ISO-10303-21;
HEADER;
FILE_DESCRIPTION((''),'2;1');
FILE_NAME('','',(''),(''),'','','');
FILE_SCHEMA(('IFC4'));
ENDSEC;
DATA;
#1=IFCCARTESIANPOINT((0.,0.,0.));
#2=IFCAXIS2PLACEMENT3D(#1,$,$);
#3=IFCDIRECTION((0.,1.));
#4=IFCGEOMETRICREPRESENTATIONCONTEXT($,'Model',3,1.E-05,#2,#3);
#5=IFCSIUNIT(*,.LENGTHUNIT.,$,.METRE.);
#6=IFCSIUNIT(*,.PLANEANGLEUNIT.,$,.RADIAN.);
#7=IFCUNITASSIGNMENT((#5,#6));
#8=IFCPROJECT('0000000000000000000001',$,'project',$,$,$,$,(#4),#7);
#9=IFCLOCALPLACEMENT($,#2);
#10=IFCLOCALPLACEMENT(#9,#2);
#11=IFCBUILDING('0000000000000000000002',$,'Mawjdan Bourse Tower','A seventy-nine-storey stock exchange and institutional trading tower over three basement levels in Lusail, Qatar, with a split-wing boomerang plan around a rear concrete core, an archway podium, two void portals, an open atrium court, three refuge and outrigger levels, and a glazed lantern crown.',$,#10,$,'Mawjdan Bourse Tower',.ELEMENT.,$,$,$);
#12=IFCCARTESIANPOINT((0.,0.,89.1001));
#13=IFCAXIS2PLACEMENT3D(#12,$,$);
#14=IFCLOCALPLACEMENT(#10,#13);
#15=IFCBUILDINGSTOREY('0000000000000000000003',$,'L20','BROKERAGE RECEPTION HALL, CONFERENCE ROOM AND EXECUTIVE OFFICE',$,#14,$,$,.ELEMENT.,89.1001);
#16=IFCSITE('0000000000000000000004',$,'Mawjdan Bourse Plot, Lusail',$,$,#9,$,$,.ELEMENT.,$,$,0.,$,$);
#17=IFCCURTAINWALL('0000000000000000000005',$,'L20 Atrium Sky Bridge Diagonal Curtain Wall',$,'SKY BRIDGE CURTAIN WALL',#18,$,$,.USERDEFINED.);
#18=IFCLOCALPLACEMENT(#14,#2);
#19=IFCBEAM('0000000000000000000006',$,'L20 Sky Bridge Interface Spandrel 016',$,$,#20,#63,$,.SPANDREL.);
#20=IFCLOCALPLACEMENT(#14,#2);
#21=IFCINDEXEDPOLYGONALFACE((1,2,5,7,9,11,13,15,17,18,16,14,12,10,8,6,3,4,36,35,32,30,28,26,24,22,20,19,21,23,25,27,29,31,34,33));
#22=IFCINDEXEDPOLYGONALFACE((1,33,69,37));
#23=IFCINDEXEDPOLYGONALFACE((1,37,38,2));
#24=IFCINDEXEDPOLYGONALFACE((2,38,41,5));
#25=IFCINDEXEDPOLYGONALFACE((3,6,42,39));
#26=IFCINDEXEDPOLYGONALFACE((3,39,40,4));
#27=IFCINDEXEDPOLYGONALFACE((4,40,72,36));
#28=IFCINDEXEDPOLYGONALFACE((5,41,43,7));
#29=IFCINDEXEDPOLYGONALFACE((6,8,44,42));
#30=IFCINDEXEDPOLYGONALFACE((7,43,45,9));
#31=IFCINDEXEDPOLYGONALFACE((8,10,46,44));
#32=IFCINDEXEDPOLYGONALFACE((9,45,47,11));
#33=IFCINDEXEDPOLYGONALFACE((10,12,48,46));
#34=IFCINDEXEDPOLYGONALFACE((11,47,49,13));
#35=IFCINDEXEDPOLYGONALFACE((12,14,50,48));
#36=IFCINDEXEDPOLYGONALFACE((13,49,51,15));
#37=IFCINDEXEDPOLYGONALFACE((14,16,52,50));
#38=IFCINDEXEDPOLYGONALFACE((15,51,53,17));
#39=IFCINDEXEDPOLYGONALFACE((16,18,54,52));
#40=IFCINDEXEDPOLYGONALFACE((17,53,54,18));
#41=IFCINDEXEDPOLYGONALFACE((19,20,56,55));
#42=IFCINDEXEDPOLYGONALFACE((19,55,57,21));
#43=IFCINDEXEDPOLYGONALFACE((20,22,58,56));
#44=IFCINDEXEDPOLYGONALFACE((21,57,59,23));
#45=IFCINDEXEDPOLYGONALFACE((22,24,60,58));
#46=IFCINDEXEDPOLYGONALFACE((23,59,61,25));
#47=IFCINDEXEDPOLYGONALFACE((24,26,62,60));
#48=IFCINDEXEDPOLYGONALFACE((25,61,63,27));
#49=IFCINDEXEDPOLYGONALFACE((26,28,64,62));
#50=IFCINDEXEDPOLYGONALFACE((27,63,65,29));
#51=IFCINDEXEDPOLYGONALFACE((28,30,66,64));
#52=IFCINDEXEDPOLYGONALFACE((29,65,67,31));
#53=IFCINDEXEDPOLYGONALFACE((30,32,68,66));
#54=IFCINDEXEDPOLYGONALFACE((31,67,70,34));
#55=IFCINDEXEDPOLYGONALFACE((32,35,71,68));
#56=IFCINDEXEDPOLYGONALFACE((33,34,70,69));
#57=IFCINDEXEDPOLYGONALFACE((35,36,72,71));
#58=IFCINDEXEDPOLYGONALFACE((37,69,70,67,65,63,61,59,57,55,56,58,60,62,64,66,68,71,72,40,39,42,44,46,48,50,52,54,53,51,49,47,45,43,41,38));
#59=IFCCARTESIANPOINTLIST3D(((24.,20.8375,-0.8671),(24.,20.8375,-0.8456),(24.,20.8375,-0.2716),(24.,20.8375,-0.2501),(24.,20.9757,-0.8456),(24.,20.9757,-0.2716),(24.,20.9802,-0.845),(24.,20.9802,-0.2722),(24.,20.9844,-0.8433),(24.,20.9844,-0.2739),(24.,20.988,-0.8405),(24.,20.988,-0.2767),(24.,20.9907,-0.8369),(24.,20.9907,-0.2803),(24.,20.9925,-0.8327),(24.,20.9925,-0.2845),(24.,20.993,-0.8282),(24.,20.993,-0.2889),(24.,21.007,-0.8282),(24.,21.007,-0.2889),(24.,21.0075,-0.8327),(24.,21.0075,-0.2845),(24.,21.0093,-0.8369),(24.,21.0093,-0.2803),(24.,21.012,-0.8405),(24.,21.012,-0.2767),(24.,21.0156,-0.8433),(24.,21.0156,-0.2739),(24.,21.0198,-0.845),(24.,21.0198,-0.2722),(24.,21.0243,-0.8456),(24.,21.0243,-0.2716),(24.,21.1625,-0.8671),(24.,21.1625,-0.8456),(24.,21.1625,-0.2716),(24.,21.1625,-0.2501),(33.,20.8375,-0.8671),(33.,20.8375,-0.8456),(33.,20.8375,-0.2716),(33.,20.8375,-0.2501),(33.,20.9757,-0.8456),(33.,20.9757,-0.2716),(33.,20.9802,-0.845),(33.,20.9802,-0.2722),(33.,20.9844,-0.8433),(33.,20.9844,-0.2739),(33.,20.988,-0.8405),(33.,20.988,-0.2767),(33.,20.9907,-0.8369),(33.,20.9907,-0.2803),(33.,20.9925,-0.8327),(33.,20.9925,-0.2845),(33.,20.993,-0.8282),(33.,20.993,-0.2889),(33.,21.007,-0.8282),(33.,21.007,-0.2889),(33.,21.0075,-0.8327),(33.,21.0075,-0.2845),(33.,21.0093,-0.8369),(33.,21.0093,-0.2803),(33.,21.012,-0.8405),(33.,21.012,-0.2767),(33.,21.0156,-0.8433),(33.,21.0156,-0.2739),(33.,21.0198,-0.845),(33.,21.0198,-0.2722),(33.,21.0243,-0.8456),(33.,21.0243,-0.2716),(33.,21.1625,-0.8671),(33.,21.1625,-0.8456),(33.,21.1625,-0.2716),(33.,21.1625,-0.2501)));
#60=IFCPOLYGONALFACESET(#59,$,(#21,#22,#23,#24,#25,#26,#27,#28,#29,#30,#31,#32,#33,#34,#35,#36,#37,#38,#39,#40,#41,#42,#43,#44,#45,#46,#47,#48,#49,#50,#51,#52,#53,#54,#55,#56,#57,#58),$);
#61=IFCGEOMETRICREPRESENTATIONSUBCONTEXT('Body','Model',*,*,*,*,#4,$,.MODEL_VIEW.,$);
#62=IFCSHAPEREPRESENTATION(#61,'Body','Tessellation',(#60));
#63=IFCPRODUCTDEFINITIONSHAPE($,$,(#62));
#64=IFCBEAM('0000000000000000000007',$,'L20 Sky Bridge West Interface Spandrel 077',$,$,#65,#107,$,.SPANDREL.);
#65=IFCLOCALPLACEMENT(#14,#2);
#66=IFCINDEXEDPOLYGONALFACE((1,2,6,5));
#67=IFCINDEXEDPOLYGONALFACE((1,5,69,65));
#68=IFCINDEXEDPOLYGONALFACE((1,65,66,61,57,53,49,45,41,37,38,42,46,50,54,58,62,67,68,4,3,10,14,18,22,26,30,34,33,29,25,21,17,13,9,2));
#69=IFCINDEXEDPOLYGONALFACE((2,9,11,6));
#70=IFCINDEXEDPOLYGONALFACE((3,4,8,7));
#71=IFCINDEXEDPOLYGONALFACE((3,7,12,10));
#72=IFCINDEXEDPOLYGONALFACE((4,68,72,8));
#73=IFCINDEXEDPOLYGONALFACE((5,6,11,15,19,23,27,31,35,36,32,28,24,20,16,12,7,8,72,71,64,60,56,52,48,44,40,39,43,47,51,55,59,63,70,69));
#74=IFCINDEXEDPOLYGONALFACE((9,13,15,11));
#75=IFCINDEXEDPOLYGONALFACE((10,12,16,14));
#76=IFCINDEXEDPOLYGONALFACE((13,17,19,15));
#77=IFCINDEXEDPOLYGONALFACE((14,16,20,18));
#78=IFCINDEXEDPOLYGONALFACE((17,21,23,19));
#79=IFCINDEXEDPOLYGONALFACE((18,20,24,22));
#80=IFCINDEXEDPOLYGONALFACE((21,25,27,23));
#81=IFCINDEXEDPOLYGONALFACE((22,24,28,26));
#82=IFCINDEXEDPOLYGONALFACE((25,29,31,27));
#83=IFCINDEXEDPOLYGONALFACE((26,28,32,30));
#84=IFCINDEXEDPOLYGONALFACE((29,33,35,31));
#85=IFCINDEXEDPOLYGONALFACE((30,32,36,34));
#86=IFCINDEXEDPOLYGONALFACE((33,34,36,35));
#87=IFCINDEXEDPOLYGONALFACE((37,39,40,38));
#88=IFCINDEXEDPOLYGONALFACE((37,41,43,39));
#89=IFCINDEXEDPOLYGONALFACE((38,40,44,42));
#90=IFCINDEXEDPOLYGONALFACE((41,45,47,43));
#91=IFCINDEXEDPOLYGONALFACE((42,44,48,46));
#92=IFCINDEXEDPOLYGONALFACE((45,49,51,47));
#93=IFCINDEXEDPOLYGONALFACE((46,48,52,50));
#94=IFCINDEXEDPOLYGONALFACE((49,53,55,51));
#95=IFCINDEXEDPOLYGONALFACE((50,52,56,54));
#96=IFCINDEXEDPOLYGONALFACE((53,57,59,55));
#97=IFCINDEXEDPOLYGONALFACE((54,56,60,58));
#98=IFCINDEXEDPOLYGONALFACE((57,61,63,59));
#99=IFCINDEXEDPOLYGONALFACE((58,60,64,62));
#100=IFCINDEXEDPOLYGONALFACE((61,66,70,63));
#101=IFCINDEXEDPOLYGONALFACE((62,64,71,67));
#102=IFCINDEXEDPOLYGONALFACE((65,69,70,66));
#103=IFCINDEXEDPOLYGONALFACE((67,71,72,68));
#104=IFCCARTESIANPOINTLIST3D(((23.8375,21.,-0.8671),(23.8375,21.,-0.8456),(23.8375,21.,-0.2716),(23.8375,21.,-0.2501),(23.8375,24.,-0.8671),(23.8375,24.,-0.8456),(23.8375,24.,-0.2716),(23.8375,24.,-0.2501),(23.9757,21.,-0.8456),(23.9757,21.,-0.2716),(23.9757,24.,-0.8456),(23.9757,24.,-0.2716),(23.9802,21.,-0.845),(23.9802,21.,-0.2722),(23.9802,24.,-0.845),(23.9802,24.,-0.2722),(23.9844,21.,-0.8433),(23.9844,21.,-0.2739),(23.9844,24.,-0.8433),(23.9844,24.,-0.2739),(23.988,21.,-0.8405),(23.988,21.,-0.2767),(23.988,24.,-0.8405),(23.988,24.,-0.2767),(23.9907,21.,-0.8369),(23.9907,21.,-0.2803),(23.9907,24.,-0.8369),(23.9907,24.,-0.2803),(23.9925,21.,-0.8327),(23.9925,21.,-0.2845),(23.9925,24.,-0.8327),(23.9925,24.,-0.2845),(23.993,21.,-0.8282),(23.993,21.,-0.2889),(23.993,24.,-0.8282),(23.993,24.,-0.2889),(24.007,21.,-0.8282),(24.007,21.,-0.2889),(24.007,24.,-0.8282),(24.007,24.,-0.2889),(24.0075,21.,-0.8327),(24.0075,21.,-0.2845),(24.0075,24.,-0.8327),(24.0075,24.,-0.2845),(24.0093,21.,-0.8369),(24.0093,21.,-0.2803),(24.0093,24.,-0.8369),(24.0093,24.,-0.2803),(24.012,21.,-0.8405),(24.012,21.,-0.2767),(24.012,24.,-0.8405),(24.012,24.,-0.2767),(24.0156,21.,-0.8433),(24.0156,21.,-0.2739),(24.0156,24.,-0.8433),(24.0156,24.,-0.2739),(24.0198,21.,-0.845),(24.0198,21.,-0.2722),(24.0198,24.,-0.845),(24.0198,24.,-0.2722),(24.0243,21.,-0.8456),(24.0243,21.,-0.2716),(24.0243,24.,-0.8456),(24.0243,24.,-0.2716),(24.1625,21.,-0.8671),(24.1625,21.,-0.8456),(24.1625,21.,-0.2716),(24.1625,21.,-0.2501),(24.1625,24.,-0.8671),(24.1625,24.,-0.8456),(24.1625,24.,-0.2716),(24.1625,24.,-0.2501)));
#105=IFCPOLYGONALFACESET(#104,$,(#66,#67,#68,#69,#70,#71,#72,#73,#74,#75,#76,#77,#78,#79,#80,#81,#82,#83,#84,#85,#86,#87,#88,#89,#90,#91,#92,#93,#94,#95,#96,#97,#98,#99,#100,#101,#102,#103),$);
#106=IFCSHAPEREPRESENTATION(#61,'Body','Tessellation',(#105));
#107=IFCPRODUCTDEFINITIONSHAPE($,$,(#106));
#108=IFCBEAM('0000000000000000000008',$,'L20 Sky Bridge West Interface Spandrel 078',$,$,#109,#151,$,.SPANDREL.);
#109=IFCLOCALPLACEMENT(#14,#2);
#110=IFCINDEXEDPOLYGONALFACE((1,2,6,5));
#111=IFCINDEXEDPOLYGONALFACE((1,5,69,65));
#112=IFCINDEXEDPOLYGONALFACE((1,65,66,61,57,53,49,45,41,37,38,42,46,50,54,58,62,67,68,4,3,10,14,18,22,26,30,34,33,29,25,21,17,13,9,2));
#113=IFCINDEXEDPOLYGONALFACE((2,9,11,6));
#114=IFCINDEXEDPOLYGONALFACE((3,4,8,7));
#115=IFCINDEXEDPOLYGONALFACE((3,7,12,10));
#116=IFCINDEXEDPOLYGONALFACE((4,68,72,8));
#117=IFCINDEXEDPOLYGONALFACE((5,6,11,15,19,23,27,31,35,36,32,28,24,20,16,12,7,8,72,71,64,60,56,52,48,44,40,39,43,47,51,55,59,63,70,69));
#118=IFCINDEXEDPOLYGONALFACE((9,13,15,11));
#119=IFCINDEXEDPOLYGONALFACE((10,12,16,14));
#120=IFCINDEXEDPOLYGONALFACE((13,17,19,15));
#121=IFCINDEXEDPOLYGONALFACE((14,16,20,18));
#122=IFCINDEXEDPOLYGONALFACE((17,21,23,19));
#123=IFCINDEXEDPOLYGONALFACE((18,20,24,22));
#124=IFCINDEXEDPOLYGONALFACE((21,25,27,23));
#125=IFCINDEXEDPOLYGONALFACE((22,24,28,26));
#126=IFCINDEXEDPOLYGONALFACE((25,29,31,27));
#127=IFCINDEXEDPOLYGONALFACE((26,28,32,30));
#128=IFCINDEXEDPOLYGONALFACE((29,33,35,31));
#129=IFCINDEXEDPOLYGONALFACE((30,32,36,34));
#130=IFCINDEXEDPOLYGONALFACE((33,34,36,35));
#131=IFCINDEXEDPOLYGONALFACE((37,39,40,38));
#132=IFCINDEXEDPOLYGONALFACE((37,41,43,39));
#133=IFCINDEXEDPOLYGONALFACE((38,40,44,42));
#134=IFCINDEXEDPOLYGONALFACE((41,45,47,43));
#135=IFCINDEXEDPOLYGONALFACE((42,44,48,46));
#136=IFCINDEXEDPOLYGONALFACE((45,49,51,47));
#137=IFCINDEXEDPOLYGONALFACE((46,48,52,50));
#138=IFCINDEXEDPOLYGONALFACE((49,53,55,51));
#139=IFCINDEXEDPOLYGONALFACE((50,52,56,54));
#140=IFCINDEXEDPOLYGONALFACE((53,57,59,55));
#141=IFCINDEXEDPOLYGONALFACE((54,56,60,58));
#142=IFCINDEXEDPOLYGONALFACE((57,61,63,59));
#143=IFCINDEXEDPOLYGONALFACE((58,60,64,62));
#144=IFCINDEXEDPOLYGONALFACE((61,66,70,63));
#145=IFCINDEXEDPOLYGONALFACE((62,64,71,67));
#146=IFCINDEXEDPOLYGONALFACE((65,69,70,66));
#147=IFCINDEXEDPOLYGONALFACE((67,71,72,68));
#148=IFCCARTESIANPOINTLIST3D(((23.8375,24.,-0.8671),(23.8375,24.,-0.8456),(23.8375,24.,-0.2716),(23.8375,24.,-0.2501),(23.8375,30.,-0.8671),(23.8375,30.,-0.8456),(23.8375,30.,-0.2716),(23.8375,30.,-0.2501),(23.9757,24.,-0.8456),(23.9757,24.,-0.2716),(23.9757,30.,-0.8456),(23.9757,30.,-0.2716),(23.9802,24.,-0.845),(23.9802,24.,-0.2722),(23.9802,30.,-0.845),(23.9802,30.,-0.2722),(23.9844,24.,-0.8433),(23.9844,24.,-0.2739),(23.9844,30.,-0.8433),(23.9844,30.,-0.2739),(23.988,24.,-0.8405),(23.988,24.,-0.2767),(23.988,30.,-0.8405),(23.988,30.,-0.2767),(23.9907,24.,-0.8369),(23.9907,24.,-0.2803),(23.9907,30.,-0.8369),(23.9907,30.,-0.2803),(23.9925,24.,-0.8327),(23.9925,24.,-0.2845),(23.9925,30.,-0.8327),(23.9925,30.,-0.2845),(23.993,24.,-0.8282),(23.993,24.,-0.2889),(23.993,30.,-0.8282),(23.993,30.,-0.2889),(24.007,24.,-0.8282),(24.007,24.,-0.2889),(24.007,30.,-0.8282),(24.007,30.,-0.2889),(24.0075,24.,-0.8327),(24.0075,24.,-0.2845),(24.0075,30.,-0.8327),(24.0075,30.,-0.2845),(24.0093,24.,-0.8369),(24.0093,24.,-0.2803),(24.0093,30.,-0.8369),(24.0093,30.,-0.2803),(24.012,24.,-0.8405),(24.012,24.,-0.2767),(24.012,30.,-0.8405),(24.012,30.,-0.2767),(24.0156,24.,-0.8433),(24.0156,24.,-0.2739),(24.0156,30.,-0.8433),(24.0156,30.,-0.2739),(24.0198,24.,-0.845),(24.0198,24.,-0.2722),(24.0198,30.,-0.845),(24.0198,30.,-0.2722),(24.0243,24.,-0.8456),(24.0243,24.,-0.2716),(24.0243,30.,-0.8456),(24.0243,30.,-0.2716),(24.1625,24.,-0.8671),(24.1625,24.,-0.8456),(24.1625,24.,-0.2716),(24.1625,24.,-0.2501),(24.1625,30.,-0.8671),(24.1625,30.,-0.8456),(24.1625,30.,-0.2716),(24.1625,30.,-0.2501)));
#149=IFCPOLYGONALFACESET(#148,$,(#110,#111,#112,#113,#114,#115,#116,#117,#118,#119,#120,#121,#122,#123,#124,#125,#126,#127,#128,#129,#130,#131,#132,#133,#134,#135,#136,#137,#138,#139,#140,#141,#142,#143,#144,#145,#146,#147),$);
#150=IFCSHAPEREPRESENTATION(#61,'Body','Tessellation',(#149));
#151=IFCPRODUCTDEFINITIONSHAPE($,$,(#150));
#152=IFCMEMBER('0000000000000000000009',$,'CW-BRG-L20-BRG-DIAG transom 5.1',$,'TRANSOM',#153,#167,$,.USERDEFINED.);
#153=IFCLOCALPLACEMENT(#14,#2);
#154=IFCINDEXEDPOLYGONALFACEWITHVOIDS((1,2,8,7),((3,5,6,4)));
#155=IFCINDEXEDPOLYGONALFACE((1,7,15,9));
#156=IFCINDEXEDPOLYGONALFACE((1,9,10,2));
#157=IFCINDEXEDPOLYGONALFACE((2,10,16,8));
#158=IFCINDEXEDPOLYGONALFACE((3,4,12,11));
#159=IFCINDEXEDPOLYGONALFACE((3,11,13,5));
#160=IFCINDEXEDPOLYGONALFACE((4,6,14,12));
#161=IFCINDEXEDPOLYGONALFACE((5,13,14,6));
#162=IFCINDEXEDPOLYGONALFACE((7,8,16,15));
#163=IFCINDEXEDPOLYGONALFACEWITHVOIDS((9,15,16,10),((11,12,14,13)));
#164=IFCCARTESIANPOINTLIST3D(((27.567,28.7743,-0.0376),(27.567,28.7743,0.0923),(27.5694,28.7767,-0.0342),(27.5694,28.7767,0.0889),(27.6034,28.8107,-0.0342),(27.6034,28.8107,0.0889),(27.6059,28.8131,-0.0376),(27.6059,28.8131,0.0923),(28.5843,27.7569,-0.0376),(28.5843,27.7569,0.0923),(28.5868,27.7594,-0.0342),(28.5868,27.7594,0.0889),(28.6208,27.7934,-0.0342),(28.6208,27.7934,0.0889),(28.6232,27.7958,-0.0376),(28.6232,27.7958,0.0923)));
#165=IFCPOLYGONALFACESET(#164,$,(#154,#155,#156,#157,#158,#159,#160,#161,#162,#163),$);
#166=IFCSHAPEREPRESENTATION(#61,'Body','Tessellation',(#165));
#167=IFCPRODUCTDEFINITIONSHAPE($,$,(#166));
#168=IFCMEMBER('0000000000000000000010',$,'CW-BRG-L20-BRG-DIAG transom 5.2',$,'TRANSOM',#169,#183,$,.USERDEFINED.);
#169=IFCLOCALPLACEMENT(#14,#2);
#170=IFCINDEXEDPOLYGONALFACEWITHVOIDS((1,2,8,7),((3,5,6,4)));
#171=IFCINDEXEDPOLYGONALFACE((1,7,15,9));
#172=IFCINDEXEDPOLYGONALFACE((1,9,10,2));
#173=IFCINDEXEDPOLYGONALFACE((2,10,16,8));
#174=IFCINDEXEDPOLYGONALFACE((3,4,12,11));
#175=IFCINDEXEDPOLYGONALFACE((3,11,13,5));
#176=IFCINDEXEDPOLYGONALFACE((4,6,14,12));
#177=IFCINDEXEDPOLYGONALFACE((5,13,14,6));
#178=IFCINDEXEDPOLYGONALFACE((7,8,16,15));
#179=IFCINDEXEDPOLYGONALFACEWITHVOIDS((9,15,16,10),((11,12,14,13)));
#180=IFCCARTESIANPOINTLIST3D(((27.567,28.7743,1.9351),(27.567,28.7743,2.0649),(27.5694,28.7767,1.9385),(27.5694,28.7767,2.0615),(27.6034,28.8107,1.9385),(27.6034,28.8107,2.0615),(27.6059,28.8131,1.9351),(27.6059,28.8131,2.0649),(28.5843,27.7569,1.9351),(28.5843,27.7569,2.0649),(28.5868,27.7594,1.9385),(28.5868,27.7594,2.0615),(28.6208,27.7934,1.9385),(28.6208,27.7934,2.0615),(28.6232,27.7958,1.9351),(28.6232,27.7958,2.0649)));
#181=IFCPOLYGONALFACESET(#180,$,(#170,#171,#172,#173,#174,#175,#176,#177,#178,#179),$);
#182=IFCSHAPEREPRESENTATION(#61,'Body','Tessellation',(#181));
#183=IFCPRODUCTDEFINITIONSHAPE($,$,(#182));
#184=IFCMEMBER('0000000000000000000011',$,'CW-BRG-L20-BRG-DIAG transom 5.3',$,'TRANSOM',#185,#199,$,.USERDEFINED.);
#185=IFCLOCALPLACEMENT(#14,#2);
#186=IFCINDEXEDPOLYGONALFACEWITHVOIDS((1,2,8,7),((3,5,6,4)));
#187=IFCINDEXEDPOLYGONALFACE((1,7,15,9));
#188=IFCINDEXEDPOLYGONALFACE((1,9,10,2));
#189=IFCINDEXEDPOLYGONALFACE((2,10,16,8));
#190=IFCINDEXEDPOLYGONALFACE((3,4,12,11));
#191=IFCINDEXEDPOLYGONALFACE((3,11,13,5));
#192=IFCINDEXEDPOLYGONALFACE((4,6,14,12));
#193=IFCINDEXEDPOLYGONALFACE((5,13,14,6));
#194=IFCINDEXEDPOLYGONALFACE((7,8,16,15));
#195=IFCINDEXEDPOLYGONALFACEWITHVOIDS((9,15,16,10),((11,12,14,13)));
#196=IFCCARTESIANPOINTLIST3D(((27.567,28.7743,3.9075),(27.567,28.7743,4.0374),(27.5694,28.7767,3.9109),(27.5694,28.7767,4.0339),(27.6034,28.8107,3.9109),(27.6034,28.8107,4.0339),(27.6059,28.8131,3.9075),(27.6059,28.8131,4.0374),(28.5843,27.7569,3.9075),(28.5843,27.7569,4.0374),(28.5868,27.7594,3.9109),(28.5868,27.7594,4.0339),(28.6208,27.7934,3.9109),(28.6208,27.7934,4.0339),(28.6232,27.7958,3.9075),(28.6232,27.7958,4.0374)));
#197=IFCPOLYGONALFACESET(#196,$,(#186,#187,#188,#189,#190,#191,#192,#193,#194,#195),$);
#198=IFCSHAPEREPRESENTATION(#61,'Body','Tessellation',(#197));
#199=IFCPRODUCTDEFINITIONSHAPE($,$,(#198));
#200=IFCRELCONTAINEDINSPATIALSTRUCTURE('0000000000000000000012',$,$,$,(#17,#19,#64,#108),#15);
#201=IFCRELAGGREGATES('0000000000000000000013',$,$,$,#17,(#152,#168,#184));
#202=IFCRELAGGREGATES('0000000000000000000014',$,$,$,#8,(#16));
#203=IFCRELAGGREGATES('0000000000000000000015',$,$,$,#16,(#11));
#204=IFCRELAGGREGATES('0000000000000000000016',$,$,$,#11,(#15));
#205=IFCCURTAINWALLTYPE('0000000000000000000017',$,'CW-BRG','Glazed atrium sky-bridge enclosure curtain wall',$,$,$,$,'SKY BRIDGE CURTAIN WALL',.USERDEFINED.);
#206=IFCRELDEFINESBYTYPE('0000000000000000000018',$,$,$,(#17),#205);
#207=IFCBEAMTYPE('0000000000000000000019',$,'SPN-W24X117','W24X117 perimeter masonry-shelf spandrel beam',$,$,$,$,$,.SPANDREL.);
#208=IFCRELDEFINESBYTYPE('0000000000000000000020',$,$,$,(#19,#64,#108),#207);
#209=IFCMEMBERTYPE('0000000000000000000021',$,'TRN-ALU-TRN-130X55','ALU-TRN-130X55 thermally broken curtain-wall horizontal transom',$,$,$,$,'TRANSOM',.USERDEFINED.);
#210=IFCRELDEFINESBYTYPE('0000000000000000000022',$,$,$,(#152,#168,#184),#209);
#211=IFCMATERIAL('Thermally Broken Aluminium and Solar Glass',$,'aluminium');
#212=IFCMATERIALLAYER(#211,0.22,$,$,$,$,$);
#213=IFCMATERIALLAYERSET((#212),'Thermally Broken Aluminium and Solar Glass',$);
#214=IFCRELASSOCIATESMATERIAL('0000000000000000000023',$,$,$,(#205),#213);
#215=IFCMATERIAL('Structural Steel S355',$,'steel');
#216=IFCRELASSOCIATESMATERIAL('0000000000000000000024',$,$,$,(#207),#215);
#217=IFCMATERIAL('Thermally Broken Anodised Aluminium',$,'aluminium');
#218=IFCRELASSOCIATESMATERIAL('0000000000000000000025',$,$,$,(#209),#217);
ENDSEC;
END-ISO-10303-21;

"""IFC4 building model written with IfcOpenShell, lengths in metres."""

from ifc_helpers import new_model, si_unit, direction, frame, origin, origin_2d, place, context, subcontext, project, spatial, hollow_rectangle, i_section, extrude, material, layer, layer_set, material_profile, profile_set, type_object, element, aggregate, save


model = new_model("IFC4")

# Units and contexts
model_context = context("Model", 3, precision=1e-05, world=origin(), true_north=direction((0.0, 1.0)))
body_context = subcontext(model_context, "Body", "Model", "MODEL_VIEW")
ifc_project = project(units=[si_unit("LENGTHUNIT", "METRE"), si_unit("PLANEANGLEUNIT", "RADIAN")], contexts=[model_context])

# Site, building, storey
site_placement = place(None, origin())
site = spatial("IfcSite", under=ifc_project, at=site_placement, Name="Mawjdan Bourse Plot, Lusail", CompositionType="ELEMENT", RefElevation=0.0)
building_placement = place(site_placement, origin())
building = spatial("IfcBuilding", under=site, at=building_placement, Name="Mawjdan Bourse Tower", Description="A seventy-nine-storey stock exchange and institutional trading tower over three basement levels in Lusail, Qatar, with a split-wing boomerang plan around a rear concrete core, an archway podium, two void portals, an open atrium court, three refuge and outrigger levels, and a glazed lantern crown.", LongName="Mawjdan Bourse Tower", CompositionType="ELEMENT")
storey_placement = place(building_placement, frame((0.0, 0.0, 89.1001)))
storey = spatial("IfcBuildingStorey", under=building, at=storey_placement, Name="L20", Description="BROKERAGE RECEPTION HALL, CONFERENCE ROOM AND EXECUTIVE OFFICE", CompositionType="ELEMENT", Elevation=89.1001)

# Shared definitions
ifc_material_1 = material(Name="Structural Steel S355", Category="steel")

# Curtain wall
ifc_material_2 = material(Name="Thermally Broken Aluminium and Solar Glass", Category="aluminium")
ifc_layer_1 = layer(ifc_material_2, 0.22)
ifc_layer_set_1 = layer_set([ifc_layer_1], Name="Thermally Broken Aluminium and Solar Glass")
curtain_wall_type = type_object("IfcCurtainWallType", Name="CW-BRG", Description="Glazed atrium sky-bridge enclosure curtain wall", ElementType="SKY BRIDGE CURTAIN WALL", PredefinedType="USERDEFINED", material=ifc_layer_set_1)
curtain_wall_placement = place(storey_placement, origin())
curtain_wall = element("IfcCurtainWall", 1, at=curtain_wall_placement, inside=storey, type_object=curtain_wall_type, Name="L20 Atrium Sky Bridge Diagonal Curtain Wall", ObjectType="SKY BRIDGE CURTAIN WALL", PredefinedType="USERDEFINED")
ifc_material_3 = material(Name="Thermally Broken Anodised Aluminium", Category="aluminium")

# Beams
ifc_material_profile_1 = material_profile(ifc_material_1, i_section(OverallWidth=0.325, OverallDepth=0.6169, WebThickness=0.0139, FlangeThickness=0.0215, FilletRadius=0.0173, at=origin_2d()), Name="W24X117")
ifc_profile_set_1 = profile_set([ifc_material_profile_1], Name="Structural Steel S355")
beam_type_1 = type_object("IfcBeamType", Name="SPN-W24X117", Description="W24X117 perimeter masonry-shelf spandrel beam", PredefinedType="SPANDREL", material=ifc_profile_set_1)
beam_1_placement = place(storey_placement, frame((24.0, 21.0, -0.5586), z_axis=(1.0, 0.0, 0.0), x_axis=(0.0, 1.0, 0.0)))
element("IfcBeam", 2, at=beam_1_placement, inside=storey, type_object=beam_type_1, Name="L20 Sky Bridge Interface Spandrel 016", PredefinedType="SPANDREL", context=body_context, shape_type="SweptSolid", body=[
    extrude(i_section(OverallWidth=0.325, OverallDepth=0.6169, WebThickness=0.0139, FlangeThickness=0.0215, FilletRadius=0.0173, at=origin_2d()), origin(), (0.0, 0.0, 1.0), 9.0),
])
beam_2_placement = place(storey_placement, frame((24.0, 21.0, -0.5586), z_axis=(0.0, 1.0, 0.0), x_axis=(-1.0, 0.0, 0.0)))
element("IfcBeam", 3, at=beam_2_placement, inside=storey, type_object=beam_type_1, Name="L20 Sky Bridge West Interface Spandrel 077", PredefinedType="SPANDREL", context=body_context, shape_type="SweptSolid", body=[
    extrude(i_section(OverallWidth=0.325, OverallDepth=0.6169, WebThickness=0.0139, FlangeThickness=0.0215, FilletRadius=0.0173, at=origin_2d()), origin(), (0.0, 0.0, 1.0), 3.0),
])
beam_3_placement = place(storey_placement, frame((24.0, 24.0, -0.5586), z_axis=(0.0, 1.0, 0.0), x_axis=(-1.0, 0.0, 0.0)))
element("IfcBeam", 4, at=beam_3_placement, inside=storey, type_object=beam_type_1, Name="L20 Sky Bridge West Interface Spandrel 078", PredefinedType="SPANDREL", context=body_context, shape_type="SweptSolid", body=[
    extrude(i_section(OverallWidth=0.325, OverallDepth=0.6169, WebThickness=0.0139, FlangeThickness=0.0215, FilletRadius=0.0173, at=origin_2d()), origin(), (0.0, 0.0, 1.0), 6.0),
])

# Members
ifc_material_profile_2 = material_profile(ifc_material_3, hollow_rectangle(XDim=0.0549, YDim=0.1299, WallThickness=0.0034, at=origin_2d()), Name="ALU-TRN-130X55")
ifc_profile_set_2 = profile_set([ifc_material_profile_2], Name="Thermally Broken Anodised Aluminium")
member_type_1 = type_object("IfcMemberType", Name="TRN-ALU-TRN-130X55", Description="ALU-TRN-130X55 thermally broken curtain-wall horizontal transom", ElementType="TRANSOM", PredefinedType="USERDEFINED", material=ifc_profile_set_2)
member_1_placement = place(storey_placement, frame((28.6038, 27.7764, 0.0273), z_axis=(-0.707107, 0.707107, 0.0), x_axis=(-0.707107, -0.707107, 0.0)))
member_1 = element("IfcMember", 5, at=member_1_placement, type_object=member_type_1, Name="CW-BRG-L20-BRG-DIAG transom 5.1", ObjectType="TRANSOM", PredefinedType="USERDEFINED", context=body_context, shape_type="SweptSolid", body=[
    extrude(hollow_rectangle(XDim=0.0549, YDim=0.1299, WallThickness=0.0034, at=origin_2d()), origin(), (0.0, 0.0, 1.0), 1.4387),
])
member_2_placement = place(storey_placement, frame((28.6038, 27.7764, 2.0), z_axis=(-0.707107, 0.707107, 0.0), x_axis=(-0.707107, -0.707107, 0.0)))
member_2 = element("IfcMember", 6, at=member_2_placement, type_object=member_type_1, Name="CW-BRG-L20-BRG-DIAG transom 5.2", ObjectType="TRANSOM", PredefinedType="USERDEFINED", context=body_context, shape_type="SweptSolid", body=[
    extrude(hollow_rectangle(XDim=0.0549, YDim=0.1299, WallThickness=0.0034, at=origin_2d()), origin(), (0.0, 0.0, 1.0), 1.4387),
])
member_3_placement = place(storey_placement, frame((28.6038, 27.7764, 3.9724), z_axis=(-0.707107, 0.707107, 0.0), x_axis=(-0.707107, -0.707107, 0.0)))
member_3 = element("IfcMember", 7, at=member_3_placement, type_object=member_type_1, Name="CW-BRG-L20-BRG-DIAG transom 5.3", ObjectType="TRANSOM", PredefinedType="USERDEFINED", context=body_context, shape_type="SweptSolid", body=[
    extrude(hollow_rectangle(XDim=0.0549, YDim=0.1299, WallThickness=0.0034, at=origin_2d()), origin(), (0.0, 0.0, 1.0), 1.4387),
])

aggregate(curtain_wall, [member_1, member_2, member_3])

save(model, "model.ifc")
